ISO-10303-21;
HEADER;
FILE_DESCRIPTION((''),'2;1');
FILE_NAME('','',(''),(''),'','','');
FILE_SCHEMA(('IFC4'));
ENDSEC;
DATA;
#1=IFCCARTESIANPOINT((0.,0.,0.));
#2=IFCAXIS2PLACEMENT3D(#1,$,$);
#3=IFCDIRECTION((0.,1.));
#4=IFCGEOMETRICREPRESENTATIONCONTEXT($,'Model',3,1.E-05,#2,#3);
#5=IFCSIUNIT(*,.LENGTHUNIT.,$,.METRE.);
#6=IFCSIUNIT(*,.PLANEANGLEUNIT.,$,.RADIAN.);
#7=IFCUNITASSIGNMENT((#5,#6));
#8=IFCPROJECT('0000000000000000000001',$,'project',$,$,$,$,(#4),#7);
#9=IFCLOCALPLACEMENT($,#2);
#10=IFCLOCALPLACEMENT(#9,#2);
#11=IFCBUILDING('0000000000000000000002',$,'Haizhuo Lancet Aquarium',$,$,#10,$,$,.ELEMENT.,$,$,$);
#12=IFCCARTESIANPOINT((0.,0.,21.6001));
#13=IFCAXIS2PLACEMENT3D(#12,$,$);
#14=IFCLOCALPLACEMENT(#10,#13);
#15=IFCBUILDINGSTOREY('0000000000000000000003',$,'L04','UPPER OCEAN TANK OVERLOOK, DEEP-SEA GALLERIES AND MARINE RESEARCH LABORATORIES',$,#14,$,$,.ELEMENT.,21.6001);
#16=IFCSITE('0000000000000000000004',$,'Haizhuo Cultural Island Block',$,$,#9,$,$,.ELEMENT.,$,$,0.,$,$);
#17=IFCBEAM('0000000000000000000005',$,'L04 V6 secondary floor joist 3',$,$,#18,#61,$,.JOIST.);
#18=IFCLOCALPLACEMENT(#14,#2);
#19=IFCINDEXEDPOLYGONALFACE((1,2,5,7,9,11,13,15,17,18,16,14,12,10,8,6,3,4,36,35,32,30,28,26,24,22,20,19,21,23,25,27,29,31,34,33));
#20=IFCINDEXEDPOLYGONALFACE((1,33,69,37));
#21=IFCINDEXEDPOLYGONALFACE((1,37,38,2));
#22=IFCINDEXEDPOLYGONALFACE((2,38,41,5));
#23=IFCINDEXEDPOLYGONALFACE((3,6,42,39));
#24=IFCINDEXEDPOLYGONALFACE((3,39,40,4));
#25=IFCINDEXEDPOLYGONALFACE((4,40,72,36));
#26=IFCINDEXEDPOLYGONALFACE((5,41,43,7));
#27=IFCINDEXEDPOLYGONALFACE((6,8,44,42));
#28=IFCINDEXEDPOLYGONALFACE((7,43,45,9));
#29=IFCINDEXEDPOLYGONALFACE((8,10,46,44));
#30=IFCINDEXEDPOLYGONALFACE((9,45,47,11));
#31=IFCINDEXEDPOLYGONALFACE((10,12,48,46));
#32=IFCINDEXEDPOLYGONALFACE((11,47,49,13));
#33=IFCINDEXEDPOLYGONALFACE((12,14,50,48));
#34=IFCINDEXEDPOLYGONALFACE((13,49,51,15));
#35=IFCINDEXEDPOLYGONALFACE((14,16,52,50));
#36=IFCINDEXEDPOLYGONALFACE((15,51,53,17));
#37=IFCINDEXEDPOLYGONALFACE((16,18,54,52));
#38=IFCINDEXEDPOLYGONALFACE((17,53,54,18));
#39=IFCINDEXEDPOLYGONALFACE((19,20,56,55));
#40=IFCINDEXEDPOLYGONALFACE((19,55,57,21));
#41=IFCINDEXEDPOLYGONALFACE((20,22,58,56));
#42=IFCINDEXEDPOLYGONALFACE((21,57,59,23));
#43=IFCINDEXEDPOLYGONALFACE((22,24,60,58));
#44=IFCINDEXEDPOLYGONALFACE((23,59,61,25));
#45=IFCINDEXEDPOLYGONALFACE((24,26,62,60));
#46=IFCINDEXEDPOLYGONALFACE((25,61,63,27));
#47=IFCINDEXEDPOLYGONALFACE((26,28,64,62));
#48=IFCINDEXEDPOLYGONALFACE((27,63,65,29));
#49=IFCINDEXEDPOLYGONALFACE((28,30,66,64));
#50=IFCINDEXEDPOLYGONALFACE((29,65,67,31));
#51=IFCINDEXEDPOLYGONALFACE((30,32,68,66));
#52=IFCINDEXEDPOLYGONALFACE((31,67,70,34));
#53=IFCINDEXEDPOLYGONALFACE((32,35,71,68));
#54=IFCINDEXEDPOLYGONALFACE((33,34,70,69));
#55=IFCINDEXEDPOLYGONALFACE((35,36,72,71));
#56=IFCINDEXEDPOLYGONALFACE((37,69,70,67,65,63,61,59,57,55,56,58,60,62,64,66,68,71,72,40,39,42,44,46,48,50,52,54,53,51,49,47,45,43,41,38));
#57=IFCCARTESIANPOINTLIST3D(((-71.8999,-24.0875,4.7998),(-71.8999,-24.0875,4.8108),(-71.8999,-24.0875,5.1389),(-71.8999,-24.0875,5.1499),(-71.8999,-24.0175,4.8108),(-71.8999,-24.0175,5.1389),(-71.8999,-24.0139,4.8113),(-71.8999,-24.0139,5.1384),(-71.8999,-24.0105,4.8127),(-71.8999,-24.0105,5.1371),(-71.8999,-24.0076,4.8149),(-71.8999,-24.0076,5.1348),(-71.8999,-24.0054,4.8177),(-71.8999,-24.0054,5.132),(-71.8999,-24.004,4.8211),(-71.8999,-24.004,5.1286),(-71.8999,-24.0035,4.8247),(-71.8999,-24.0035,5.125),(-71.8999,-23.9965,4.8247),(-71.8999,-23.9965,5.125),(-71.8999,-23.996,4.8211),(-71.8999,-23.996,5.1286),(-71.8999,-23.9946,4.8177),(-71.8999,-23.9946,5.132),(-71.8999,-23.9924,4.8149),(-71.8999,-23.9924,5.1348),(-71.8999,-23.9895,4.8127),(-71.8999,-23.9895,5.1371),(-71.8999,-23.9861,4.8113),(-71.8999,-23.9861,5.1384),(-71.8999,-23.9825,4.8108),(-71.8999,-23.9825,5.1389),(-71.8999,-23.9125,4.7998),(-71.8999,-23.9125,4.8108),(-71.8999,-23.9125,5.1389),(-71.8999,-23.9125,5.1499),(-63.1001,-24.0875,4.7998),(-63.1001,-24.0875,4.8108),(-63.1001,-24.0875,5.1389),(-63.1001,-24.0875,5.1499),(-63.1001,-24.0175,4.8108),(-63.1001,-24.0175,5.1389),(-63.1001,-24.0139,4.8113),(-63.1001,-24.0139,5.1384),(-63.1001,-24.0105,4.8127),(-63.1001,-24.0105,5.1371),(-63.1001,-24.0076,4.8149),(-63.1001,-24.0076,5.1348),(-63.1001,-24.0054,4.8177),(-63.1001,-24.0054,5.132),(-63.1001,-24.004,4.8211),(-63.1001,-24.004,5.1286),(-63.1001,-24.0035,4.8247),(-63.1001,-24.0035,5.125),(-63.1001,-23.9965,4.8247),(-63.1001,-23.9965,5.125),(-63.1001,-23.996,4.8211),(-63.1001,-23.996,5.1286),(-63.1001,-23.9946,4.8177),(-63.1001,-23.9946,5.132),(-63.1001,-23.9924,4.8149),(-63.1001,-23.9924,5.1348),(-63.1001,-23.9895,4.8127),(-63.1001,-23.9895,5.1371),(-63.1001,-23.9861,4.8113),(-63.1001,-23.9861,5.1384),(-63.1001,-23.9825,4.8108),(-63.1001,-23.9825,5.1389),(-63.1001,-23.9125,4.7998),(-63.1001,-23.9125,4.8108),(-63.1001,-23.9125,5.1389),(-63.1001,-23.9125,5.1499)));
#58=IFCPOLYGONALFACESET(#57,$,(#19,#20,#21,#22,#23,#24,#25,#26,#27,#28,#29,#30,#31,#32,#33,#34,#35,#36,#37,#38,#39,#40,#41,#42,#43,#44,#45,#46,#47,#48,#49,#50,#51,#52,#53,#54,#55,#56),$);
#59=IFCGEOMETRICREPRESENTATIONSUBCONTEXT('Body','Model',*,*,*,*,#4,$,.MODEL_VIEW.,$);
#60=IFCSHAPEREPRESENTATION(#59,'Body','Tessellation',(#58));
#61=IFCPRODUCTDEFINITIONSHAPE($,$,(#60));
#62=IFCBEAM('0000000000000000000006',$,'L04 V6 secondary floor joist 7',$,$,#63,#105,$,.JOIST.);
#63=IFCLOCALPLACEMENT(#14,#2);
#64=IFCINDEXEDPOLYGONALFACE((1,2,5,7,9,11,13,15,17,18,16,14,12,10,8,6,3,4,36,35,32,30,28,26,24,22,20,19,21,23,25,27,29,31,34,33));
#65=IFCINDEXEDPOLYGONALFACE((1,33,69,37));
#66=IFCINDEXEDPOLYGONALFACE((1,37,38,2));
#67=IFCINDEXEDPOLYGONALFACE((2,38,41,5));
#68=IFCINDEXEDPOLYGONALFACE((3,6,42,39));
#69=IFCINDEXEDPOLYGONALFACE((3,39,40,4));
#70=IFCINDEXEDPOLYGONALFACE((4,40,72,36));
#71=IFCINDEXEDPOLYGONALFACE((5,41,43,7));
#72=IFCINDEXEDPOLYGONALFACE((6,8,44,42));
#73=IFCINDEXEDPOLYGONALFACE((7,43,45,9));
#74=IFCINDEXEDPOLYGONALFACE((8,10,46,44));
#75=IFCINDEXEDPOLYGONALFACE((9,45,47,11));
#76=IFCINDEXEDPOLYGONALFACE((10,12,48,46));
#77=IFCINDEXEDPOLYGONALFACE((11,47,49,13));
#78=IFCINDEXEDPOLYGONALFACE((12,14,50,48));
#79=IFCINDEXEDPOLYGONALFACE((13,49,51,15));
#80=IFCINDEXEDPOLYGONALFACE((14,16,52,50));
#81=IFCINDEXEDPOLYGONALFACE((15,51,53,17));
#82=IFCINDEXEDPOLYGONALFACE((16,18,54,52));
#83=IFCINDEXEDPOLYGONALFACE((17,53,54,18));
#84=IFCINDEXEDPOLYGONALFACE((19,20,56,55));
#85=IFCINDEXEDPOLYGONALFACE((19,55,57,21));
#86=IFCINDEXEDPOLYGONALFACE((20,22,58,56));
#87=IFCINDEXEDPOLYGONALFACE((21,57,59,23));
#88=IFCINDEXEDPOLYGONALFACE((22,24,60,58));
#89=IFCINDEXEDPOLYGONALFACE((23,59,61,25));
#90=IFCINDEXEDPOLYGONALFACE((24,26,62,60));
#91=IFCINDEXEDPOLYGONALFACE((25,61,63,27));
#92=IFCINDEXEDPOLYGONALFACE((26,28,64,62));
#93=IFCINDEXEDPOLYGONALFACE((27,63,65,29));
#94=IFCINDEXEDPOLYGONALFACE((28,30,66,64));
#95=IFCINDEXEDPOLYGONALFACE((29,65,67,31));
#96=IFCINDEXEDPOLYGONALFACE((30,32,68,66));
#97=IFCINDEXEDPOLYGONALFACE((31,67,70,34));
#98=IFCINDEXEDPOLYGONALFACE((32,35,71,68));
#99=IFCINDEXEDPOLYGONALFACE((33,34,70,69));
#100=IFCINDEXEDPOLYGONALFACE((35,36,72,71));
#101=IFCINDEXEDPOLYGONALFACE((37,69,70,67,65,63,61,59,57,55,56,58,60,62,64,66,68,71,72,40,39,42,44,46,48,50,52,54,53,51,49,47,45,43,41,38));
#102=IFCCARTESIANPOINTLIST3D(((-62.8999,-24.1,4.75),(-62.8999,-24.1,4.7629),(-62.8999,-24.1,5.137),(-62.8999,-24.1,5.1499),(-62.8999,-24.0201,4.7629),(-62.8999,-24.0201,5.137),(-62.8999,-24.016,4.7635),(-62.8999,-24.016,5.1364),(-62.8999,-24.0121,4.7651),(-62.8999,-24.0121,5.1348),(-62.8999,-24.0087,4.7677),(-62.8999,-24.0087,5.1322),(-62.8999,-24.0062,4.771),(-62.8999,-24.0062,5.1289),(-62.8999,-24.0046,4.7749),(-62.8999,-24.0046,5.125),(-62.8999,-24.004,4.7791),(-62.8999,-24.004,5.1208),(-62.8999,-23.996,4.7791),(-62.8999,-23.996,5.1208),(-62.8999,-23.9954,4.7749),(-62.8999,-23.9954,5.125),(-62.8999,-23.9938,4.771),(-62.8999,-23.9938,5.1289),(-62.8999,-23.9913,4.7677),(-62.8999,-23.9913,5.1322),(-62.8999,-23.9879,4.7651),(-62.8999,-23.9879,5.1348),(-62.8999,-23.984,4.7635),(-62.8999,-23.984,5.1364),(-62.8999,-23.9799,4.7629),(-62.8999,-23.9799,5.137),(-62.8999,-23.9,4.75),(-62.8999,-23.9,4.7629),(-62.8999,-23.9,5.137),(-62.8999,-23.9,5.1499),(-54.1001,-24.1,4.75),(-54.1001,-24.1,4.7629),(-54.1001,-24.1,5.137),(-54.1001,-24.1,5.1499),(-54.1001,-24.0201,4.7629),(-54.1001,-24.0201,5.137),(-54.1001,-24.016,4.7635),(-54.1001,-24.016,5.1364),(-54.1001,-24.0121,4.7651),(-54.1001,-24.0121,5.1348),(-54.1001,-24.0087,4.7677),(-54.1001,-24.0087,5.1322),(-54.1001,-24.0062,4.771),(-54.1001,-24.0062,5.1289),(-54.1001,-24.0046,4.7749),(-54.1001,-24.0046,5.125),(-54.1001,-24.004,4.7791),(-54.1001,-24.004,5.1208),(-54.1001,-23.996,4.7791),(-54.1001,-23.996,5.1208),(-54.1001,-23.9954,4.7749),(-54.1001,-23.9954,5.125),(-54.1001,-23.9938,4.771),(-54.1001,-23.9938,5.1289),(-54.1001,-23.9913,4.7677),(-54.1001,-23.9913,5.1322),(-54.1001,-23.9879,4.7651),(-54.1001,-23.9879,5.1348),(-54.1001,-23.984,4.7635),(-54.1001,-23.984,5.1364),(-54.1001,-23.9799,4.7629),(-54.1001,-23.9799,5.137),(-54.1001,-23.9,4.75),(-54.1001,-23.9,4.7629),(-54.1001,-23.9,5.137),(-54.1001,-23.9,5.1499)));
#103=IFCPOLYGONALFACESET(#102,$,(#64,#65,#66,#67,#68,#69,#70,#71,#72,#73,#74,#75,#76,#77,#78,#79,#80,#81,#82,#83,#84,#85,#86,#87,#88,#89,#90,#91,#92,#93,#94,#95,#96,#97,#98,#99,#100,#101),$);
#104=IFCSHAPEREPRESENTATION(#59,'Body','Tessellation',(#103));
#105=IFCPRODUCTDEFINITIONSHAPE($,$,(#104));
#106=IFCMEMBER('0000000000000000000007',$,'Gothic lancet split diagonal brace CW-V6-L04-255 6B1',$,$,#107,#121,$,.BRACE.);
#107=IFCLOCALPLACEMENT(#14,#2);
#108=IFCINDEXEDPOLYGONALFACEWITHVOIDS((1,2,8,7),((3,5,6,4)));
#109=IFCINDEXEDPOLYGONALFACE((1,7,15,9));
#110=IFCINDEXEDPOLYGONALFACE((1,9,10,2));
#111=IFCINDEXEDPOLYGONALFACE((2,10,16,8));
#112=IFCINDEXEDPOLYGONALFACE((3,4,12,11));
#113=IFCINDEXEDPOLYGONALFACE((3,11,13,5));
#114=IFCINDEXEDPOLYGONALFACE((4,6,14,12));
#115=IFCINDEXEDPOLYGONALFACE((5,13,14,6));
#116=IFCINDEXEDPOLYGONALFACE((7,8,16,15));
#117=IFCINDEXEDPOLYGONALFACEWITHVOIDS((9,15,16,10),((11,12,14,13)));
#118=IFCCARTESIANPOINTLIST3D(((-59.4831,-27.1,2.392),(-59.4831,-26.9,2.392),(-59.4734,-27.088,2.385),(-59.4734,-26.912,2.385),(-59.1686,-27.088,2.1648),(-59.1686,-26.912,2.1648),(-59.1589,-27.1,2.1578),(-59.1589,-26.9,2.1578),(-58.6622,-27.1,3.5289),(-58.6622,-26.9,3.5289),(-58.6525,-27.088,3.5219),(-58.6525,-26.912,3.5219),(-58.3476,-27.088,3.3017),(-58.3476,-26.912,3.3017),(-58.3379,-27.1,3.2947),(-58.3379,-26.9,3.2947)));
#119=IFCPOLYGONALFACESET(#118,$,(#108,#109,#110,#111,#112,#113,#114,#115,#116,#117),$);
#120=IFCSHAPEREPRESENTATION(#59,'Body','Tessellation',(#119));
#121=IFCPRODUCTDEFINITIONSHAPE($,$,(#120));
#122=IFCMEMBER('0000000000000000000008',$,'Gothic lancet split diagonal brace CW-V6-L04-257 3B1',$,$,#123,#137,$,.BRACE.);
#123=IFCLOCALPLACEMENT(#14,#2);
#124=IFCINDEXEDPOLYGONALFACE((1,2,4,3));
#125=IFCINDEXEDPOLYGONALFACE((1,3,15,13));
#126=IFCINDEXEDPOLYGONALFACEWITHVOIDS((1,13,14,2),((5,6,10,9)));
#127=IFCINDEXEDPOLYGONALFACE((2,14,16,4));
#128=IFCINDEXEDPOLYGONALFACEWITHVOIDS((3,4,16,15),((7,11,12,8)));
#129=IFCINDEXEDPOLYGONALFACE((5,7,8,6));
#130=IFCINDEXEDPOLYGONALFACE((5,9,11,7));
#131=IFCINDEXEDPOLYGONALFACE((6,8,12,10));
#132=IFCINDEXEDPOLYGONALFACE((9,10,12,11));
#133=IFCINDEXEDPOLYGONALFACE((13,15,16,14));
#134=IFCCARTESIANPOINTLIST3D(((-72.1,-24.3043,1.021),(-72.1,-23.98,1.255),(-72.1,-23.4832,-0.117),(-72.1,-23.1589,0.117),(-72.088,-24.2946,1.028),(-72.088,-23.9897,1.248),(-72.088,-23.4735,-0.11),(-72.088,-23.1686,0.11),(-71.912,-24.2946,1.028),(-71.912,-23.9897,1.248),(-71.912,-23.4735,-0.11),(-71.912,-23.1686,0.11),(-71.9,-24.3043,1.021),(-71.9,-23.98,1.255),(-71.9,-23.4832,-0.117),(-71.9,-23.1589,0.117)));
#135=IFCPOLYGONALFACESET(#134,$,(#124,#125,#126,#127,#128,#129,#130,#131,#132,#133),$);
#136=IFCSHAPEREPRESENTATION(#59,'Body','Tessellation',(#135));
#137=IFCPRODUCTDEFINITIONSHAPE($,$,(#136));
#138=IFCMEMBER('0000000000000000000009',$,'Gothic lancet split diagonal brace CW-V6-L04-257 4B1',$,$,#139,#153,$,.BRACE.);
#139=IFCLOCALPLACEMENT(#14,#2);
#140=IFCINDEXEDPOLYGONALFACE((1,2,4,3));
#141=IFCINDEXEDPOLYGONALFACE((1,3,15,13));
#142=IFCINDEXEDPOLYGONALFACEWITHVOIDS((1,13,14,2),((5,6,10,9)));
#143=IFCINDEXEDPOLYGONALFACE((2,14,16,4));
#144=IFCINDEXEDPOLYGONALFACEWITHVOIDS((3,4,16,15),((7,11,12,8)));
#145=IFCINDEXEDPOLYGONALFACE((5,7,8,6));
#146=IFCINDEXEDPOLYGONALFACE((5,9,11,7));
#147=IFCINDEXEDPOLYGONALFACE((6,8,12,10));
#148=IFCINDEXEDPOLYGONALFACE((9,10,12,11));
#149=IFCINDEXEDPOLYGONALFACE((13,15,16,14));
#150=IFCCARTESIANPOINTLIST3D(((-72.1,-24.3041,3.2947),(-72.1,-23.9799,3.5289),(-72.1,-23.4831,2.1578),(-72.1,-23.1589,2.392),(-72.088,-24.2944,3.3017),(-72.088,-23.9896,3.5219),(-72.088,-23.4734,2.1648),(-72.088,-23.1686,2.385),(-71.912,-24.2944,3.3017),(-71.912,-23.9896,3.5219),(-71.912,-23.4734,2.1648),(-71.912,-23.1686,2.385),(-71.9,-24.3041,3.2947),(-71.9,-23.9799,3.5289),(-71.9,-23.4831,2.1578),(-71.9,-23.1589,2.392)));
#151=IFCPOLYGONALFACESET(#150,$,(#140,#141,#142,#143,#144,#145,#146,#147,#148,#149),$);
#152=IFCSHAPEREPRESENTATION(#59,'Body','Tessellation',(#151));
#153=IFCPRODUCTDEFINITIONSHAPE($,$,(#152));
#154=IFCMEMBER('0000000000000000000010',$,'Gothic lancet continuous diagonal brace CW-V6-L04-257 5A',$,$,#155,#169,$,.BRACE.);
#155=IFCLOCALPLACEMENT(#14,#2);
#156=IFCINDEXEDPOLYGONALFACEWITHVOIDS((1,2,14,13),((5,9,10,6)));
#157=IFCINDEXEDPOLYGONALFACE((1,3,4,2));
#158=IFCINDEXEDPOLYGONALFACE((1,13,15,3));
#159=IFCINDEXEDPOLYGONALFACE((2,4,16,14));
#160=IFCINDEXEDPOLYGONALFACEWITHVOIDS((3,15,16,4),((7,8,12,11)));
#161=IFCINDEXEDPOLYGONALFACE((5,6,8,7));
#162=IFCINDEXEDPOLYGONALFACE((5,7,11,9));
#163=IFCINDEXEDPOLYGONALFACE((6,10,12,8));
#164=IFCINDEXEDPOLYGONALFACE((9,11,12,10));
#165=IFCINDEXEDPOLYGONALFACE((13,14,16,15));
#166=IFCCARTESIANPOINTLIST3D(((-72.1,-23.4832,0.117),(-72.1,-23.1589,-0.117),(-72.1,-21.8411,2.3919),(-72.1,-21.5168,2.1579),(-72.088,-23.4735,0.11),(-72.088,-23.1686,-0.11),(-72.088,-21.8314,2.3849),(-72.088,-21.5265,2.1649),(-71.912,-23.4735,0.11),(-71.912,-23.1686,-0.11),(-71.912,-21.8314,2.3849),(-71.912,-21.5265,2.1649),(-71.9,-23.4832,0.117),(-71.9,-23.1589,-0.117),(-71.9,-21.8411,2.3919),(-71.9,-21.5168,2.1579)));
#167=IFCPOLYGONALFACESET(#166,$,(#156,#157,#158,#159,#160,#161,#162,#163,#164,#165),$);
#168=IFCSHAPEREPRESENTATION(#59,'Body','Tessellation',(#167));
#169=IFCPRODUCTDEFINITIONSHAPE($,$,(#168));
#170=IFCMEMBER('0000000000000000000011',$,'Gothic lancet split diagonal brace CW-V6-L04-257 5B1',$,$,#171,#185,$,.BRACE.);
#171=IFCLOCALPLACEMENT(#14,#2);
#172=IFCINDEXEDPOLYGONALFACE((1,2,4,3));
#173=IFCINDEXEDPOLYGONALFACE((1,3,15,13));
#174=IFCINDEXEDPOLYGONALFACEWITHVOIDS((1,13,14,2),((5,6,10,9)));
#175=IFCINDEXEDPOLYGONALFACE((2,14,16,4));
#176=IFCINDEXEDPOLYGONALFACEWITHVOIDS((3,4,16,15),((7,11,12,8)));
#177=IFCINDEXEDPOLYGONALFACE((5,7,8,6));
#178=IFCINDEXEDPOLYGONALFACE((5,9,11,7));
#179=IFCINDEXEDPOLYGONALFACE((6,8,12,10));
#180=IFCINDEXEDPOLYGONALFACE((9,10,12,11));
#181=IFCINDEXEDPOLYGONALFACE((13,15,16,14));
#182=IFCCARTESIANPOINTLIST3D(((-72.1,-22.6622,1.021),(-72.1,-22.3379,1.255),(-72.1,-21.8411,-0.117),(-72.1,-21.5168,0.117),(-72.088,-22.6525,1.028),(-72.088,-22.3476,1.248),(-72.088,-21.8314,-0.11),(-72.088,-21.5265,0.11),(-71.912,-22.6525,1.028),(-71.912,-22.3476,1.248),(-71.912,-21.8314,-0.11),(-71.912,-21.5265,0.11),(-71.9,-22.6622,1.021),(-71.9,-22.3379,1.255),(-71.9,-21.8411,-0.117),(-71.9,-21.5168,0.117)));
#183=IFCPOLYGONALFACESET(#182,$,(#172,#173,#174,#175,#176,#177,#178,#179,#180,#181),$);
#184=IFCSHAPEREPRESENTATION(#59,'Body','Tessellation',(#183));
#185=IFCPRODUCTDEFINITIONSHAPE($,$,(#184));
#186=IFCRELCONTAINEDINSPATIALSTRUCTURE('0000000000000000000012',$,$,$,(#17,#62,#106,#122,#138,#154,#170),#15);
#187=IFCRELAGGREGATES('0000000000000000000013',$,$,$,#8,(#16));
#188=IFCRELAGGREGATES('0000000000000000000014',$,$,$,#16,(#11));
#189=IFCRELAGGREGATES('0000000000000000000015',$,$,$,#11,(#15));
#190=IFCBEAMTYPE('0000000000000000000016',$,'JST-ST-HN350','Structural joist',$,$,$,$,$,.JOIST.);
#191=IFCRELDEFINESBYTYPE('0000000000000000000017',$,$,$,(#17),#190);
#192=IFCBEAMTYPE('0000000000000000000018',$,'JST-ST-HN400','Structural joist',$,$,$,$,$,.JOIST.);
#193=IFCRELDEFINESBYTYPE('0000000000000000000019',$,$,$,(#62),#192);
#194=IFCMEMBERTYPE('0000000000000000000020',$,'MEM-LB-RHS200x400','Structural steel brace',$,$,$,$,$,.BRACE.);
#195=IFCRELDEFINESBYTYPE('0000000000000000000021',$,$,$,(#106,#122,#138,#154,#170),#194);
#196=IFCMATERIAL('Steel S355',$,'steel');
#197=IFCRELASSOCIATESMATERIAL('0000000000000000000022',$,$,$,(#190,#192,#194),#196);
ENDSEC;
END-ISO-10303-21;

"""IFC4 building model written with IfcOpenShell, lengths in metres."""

from ifc_helpers import new_model, si_unit, direction, frame, origin, origin_2d, place, context, subcontext, project, spatial, hollow_rectangle, i_section, extrude, material, material_profile, profile_set, type_object, element, save


model = new_model("IFC4")

# Units and contexts
model_context = context("Model", 3, precision=1e-05, world=origin(), true_north=direction((0.0, 1.0)))
body_context = subcontext(model_context, "Body", "Model", "MODEL_VIEW")
ifc_project = project(units=[si_unit("LENGTHUNIT", "METRE"), si_unit("PLANEANGLEUNIT", "RADIAN")], contexts=[model_context])

# Site, building, storey
site_placement = place(None, origin())
site = spatial("IfcSite", under=ifc_project, at=site_placement, Name="Haizhuo Cultural Island Block", CompositionType="ELEMENT", RefElevation=0.0)
building_placement = place(site_placement, origin())
building = spatial("IfcBuilding", under=site, at=building_placement, Name="Haizhuo Lancet Aquarium", CompositionType="ELEMENT")
storey_placement = place(building_placement, frame((0.0, 0.0, 21.6001)))
storey = spatial("IfcBuildingStorey", under=building, at=storey_placement, Name="L04", Description="UPPER OCEAN TANK OVERLOOK, DEEP-SEA GALLERIES AND MARINE RESEARCH LABORATORIES", CompositionType="ELEMENT", Elevation=21.6001)

# Beams
ifc_material_1 = material(Name="Steel S355", Category="steel")
ifc_material_profile_1 = material_profile(ifc_material_1, i_section(OverallWidth=0.175, OverallDepth=0.3501, WebThickness=0.0071, FlangeThickness=0.011, FilletRadius=0.0139, at=origin_2d()), Name="HN 350x175x7x11")
ifc_profile_set_1 = profile_set([ifc_material_profile_1], Name="Steel S355")
beam_type_1 = type_object("IfcBeamType", Name="JST-ST-HN350", Description="Structural joist", PredefinedType="JOIST", material=ifc_profile_set_1)
beam_1_placement = place(storey_placement, frame((-71.8999, -24.0, 4.9749), z_axis=(1.0, 0.0, 0.0), x_axis=(0.0, 1.0, 0.0)))
element("IfcBeam", 1, at=beam_1_placement, inside=storey, type_object=beam_type_1, Name="L04 V6 secondary floor joist 3", PredefinedType="JOIST", context=body_context, shape_type="SweptSolid", body=[
    extrude(i_section(OverallWidth=0.175, OverallDepth=0.3501, WebThickness=0.0071, FlangeThickness=0.011, FilletRadius=0.0139, at=origin_2d()), origin(), (0.0, 0.0, 1.0), 8.7998),
])
ifc_material_profile_2 = material_profile(ifc_material_1, i_section(OverallWidth=0.2, OverallDepth=0.3999, WebThickness=0.0081, FlangeThickness=0.0129, FilletRadius=0.0161, at=origin_2d()), Name="HN 400x200x8x13")
ifc_profile_set_2 = profile_set([ifc_material_profile_2], Name="Steel S355")
beam_type_2 = type_object("IfcBeamType", Name="JST-ST-HN400", Description="Structural joist", PredefinedType="JOIST", material=ifc_profile_set_2)
beam_2_placement = place(storey_placement, frame((-62.8999, -24.0, 4.95), z_axis=(1.0, 0.0, 0.0), x_axis=(0.0, 1.0, 0.0)))
element("IfcBeam", 2, at=beam_2_placement, inside=storey, type_object=beam_type_2, Name="L04 V6 secondary floor joist 7", PredefinedType="JOIST", context=body_context, shape_type="SweptSolid", body=[
    extrude(i_section(OverallWidth=0.2, OverallDepth=0.3999, WebThickness=0.0081, FlangeThickness=0.0129, FilletRadius=0.0161, at=origin_2d()), origin(), (0.0, 0.0, 1.0), 8.7998),
])

# Members
ifc_material_profile_3 = material_profile(ifc_material_1, hollow_rectangle(XDim=0.2, YDim=0.3999, WallThickness=0.012, at=origin_2d()), Name="RHS 200x400x12")
ifc_profile_set_3 = profile_set([ifc_material_profile_3], Name="Steel S355")
member_type_1 = type_object("IfcMemberType", Name="MEM-LB-RHS200x400", Description="Structural steel brace", PredefinedType="BRACE", material=ifc_profile_set_3)
member_1_placement = place(storey_placement, frame((-59.321, -27.0, 2.2749), z_axis=(0.585446, 0.0, 0.810711), x_axis=(0.0, 1.0, 0.0)))
element("IfcMember", 3, at=member_1_placement, inside=storey, type_object=member_type_1, Name="Gothic lancet split diagonal brace CW-V6-L04-255 6B1", PredefinedType="BRACE", context=body_context, shape_type="SweptSolid", body=[
    extrude(hollow_rectangle(XDim=0.2, YDim=0.3999, WallThickness=0.012, at=origin_2d()), origin(), (0.0, 0.0, 1.0), 1.4023),
])
member_2_placement = place(storey_placement, frame((-72.0, -23.321, 0.0), z_axis=(0.0, -0.585116, 0.81095), x_axis=(1.0, 0.0, 0.0)))
element("IfcMember", 4, at=member_2_placement, inside=storey, type_object=member_type_1, Name="Gothic lancet split diagonal brace CW-V6-L04-257 3B1", PredefinedType="BRACE", context=body_context, shape_type="SweptSolid", body=[
    extrude(hollow_rectangle(XDim=0.2, YDim=0.3999, WallThickness=0.012, at=origin_2d()), origin(), (0.0, 0.0, 1.0), 1.4033),
])
member_3_placement = place(storey_placement, frame((-72.0, -23.321, 2.2749), z_axis=(0.0, -0.585446, 0.810711), x_axis=(1.0, 0.0, 0.0)))
element("IfcMember", 5, at=member_3_placement, inside=storey, type_object=member_type_1, Name="Gothic lancet split diagonal brace CW-V6-L04-257 4B1", PredefinedType="BRACE", context=body_context, shape_type="SweptSolid", body=[
    extrude(hollow_rectangle(XDim=0.2, YDim=0.3999, WallThickness=0.012, at=origin_2d()), origin(), (0.0, 0.0, 1.0), 1.4023),
])
member_4_placement = place(storey_placement, frame((-72.0, -23.321, 0.0), z_axis=(0.0, 0.585281, 0.810831), x_axis=(-1.0, 0.0, 0.0)))
element("IfcMember", 6, at=member_4_placement, inside=storey, type_object=member_type_1, Name="Gothic lancet continuous diagonal brace CW-V6-L04-257 5A", PredefinedType="BRACE", context=body_context, shape_type="SweptSolid", body=[
    extrude(hollow_rectangle(XDim=0.2, YDim=0.3999, WallThickness=0.012, at=origin_2d()), origin(), (0.0, 0.0, 1.0), 2.8057),
])
member_5_placement = place(storey_placement, frame((-72.0, -21.679, 0.0), z_axis=(0.0, -0.585116, 0.81095), x_axis=(1.0, 0.0, 0.0)))
element("IfcMember", 7, at=member_5_placement, inside=storey, type_object=member_type_1, Name="Gothic lancet split diagonal brace CW-V6-L04-257 5B1", PredefinedType="BRACE", context=body_context, shape_type="SweptSolid", body=[
    extrude(hollow_rectangle(XDim=0.2, YDim=0.3999, WallThickness=0.012, at=origin_2d()), origin(), (0.0, 0.0, 1.0), 1.4033),
])

save(model, "model.ifc")
